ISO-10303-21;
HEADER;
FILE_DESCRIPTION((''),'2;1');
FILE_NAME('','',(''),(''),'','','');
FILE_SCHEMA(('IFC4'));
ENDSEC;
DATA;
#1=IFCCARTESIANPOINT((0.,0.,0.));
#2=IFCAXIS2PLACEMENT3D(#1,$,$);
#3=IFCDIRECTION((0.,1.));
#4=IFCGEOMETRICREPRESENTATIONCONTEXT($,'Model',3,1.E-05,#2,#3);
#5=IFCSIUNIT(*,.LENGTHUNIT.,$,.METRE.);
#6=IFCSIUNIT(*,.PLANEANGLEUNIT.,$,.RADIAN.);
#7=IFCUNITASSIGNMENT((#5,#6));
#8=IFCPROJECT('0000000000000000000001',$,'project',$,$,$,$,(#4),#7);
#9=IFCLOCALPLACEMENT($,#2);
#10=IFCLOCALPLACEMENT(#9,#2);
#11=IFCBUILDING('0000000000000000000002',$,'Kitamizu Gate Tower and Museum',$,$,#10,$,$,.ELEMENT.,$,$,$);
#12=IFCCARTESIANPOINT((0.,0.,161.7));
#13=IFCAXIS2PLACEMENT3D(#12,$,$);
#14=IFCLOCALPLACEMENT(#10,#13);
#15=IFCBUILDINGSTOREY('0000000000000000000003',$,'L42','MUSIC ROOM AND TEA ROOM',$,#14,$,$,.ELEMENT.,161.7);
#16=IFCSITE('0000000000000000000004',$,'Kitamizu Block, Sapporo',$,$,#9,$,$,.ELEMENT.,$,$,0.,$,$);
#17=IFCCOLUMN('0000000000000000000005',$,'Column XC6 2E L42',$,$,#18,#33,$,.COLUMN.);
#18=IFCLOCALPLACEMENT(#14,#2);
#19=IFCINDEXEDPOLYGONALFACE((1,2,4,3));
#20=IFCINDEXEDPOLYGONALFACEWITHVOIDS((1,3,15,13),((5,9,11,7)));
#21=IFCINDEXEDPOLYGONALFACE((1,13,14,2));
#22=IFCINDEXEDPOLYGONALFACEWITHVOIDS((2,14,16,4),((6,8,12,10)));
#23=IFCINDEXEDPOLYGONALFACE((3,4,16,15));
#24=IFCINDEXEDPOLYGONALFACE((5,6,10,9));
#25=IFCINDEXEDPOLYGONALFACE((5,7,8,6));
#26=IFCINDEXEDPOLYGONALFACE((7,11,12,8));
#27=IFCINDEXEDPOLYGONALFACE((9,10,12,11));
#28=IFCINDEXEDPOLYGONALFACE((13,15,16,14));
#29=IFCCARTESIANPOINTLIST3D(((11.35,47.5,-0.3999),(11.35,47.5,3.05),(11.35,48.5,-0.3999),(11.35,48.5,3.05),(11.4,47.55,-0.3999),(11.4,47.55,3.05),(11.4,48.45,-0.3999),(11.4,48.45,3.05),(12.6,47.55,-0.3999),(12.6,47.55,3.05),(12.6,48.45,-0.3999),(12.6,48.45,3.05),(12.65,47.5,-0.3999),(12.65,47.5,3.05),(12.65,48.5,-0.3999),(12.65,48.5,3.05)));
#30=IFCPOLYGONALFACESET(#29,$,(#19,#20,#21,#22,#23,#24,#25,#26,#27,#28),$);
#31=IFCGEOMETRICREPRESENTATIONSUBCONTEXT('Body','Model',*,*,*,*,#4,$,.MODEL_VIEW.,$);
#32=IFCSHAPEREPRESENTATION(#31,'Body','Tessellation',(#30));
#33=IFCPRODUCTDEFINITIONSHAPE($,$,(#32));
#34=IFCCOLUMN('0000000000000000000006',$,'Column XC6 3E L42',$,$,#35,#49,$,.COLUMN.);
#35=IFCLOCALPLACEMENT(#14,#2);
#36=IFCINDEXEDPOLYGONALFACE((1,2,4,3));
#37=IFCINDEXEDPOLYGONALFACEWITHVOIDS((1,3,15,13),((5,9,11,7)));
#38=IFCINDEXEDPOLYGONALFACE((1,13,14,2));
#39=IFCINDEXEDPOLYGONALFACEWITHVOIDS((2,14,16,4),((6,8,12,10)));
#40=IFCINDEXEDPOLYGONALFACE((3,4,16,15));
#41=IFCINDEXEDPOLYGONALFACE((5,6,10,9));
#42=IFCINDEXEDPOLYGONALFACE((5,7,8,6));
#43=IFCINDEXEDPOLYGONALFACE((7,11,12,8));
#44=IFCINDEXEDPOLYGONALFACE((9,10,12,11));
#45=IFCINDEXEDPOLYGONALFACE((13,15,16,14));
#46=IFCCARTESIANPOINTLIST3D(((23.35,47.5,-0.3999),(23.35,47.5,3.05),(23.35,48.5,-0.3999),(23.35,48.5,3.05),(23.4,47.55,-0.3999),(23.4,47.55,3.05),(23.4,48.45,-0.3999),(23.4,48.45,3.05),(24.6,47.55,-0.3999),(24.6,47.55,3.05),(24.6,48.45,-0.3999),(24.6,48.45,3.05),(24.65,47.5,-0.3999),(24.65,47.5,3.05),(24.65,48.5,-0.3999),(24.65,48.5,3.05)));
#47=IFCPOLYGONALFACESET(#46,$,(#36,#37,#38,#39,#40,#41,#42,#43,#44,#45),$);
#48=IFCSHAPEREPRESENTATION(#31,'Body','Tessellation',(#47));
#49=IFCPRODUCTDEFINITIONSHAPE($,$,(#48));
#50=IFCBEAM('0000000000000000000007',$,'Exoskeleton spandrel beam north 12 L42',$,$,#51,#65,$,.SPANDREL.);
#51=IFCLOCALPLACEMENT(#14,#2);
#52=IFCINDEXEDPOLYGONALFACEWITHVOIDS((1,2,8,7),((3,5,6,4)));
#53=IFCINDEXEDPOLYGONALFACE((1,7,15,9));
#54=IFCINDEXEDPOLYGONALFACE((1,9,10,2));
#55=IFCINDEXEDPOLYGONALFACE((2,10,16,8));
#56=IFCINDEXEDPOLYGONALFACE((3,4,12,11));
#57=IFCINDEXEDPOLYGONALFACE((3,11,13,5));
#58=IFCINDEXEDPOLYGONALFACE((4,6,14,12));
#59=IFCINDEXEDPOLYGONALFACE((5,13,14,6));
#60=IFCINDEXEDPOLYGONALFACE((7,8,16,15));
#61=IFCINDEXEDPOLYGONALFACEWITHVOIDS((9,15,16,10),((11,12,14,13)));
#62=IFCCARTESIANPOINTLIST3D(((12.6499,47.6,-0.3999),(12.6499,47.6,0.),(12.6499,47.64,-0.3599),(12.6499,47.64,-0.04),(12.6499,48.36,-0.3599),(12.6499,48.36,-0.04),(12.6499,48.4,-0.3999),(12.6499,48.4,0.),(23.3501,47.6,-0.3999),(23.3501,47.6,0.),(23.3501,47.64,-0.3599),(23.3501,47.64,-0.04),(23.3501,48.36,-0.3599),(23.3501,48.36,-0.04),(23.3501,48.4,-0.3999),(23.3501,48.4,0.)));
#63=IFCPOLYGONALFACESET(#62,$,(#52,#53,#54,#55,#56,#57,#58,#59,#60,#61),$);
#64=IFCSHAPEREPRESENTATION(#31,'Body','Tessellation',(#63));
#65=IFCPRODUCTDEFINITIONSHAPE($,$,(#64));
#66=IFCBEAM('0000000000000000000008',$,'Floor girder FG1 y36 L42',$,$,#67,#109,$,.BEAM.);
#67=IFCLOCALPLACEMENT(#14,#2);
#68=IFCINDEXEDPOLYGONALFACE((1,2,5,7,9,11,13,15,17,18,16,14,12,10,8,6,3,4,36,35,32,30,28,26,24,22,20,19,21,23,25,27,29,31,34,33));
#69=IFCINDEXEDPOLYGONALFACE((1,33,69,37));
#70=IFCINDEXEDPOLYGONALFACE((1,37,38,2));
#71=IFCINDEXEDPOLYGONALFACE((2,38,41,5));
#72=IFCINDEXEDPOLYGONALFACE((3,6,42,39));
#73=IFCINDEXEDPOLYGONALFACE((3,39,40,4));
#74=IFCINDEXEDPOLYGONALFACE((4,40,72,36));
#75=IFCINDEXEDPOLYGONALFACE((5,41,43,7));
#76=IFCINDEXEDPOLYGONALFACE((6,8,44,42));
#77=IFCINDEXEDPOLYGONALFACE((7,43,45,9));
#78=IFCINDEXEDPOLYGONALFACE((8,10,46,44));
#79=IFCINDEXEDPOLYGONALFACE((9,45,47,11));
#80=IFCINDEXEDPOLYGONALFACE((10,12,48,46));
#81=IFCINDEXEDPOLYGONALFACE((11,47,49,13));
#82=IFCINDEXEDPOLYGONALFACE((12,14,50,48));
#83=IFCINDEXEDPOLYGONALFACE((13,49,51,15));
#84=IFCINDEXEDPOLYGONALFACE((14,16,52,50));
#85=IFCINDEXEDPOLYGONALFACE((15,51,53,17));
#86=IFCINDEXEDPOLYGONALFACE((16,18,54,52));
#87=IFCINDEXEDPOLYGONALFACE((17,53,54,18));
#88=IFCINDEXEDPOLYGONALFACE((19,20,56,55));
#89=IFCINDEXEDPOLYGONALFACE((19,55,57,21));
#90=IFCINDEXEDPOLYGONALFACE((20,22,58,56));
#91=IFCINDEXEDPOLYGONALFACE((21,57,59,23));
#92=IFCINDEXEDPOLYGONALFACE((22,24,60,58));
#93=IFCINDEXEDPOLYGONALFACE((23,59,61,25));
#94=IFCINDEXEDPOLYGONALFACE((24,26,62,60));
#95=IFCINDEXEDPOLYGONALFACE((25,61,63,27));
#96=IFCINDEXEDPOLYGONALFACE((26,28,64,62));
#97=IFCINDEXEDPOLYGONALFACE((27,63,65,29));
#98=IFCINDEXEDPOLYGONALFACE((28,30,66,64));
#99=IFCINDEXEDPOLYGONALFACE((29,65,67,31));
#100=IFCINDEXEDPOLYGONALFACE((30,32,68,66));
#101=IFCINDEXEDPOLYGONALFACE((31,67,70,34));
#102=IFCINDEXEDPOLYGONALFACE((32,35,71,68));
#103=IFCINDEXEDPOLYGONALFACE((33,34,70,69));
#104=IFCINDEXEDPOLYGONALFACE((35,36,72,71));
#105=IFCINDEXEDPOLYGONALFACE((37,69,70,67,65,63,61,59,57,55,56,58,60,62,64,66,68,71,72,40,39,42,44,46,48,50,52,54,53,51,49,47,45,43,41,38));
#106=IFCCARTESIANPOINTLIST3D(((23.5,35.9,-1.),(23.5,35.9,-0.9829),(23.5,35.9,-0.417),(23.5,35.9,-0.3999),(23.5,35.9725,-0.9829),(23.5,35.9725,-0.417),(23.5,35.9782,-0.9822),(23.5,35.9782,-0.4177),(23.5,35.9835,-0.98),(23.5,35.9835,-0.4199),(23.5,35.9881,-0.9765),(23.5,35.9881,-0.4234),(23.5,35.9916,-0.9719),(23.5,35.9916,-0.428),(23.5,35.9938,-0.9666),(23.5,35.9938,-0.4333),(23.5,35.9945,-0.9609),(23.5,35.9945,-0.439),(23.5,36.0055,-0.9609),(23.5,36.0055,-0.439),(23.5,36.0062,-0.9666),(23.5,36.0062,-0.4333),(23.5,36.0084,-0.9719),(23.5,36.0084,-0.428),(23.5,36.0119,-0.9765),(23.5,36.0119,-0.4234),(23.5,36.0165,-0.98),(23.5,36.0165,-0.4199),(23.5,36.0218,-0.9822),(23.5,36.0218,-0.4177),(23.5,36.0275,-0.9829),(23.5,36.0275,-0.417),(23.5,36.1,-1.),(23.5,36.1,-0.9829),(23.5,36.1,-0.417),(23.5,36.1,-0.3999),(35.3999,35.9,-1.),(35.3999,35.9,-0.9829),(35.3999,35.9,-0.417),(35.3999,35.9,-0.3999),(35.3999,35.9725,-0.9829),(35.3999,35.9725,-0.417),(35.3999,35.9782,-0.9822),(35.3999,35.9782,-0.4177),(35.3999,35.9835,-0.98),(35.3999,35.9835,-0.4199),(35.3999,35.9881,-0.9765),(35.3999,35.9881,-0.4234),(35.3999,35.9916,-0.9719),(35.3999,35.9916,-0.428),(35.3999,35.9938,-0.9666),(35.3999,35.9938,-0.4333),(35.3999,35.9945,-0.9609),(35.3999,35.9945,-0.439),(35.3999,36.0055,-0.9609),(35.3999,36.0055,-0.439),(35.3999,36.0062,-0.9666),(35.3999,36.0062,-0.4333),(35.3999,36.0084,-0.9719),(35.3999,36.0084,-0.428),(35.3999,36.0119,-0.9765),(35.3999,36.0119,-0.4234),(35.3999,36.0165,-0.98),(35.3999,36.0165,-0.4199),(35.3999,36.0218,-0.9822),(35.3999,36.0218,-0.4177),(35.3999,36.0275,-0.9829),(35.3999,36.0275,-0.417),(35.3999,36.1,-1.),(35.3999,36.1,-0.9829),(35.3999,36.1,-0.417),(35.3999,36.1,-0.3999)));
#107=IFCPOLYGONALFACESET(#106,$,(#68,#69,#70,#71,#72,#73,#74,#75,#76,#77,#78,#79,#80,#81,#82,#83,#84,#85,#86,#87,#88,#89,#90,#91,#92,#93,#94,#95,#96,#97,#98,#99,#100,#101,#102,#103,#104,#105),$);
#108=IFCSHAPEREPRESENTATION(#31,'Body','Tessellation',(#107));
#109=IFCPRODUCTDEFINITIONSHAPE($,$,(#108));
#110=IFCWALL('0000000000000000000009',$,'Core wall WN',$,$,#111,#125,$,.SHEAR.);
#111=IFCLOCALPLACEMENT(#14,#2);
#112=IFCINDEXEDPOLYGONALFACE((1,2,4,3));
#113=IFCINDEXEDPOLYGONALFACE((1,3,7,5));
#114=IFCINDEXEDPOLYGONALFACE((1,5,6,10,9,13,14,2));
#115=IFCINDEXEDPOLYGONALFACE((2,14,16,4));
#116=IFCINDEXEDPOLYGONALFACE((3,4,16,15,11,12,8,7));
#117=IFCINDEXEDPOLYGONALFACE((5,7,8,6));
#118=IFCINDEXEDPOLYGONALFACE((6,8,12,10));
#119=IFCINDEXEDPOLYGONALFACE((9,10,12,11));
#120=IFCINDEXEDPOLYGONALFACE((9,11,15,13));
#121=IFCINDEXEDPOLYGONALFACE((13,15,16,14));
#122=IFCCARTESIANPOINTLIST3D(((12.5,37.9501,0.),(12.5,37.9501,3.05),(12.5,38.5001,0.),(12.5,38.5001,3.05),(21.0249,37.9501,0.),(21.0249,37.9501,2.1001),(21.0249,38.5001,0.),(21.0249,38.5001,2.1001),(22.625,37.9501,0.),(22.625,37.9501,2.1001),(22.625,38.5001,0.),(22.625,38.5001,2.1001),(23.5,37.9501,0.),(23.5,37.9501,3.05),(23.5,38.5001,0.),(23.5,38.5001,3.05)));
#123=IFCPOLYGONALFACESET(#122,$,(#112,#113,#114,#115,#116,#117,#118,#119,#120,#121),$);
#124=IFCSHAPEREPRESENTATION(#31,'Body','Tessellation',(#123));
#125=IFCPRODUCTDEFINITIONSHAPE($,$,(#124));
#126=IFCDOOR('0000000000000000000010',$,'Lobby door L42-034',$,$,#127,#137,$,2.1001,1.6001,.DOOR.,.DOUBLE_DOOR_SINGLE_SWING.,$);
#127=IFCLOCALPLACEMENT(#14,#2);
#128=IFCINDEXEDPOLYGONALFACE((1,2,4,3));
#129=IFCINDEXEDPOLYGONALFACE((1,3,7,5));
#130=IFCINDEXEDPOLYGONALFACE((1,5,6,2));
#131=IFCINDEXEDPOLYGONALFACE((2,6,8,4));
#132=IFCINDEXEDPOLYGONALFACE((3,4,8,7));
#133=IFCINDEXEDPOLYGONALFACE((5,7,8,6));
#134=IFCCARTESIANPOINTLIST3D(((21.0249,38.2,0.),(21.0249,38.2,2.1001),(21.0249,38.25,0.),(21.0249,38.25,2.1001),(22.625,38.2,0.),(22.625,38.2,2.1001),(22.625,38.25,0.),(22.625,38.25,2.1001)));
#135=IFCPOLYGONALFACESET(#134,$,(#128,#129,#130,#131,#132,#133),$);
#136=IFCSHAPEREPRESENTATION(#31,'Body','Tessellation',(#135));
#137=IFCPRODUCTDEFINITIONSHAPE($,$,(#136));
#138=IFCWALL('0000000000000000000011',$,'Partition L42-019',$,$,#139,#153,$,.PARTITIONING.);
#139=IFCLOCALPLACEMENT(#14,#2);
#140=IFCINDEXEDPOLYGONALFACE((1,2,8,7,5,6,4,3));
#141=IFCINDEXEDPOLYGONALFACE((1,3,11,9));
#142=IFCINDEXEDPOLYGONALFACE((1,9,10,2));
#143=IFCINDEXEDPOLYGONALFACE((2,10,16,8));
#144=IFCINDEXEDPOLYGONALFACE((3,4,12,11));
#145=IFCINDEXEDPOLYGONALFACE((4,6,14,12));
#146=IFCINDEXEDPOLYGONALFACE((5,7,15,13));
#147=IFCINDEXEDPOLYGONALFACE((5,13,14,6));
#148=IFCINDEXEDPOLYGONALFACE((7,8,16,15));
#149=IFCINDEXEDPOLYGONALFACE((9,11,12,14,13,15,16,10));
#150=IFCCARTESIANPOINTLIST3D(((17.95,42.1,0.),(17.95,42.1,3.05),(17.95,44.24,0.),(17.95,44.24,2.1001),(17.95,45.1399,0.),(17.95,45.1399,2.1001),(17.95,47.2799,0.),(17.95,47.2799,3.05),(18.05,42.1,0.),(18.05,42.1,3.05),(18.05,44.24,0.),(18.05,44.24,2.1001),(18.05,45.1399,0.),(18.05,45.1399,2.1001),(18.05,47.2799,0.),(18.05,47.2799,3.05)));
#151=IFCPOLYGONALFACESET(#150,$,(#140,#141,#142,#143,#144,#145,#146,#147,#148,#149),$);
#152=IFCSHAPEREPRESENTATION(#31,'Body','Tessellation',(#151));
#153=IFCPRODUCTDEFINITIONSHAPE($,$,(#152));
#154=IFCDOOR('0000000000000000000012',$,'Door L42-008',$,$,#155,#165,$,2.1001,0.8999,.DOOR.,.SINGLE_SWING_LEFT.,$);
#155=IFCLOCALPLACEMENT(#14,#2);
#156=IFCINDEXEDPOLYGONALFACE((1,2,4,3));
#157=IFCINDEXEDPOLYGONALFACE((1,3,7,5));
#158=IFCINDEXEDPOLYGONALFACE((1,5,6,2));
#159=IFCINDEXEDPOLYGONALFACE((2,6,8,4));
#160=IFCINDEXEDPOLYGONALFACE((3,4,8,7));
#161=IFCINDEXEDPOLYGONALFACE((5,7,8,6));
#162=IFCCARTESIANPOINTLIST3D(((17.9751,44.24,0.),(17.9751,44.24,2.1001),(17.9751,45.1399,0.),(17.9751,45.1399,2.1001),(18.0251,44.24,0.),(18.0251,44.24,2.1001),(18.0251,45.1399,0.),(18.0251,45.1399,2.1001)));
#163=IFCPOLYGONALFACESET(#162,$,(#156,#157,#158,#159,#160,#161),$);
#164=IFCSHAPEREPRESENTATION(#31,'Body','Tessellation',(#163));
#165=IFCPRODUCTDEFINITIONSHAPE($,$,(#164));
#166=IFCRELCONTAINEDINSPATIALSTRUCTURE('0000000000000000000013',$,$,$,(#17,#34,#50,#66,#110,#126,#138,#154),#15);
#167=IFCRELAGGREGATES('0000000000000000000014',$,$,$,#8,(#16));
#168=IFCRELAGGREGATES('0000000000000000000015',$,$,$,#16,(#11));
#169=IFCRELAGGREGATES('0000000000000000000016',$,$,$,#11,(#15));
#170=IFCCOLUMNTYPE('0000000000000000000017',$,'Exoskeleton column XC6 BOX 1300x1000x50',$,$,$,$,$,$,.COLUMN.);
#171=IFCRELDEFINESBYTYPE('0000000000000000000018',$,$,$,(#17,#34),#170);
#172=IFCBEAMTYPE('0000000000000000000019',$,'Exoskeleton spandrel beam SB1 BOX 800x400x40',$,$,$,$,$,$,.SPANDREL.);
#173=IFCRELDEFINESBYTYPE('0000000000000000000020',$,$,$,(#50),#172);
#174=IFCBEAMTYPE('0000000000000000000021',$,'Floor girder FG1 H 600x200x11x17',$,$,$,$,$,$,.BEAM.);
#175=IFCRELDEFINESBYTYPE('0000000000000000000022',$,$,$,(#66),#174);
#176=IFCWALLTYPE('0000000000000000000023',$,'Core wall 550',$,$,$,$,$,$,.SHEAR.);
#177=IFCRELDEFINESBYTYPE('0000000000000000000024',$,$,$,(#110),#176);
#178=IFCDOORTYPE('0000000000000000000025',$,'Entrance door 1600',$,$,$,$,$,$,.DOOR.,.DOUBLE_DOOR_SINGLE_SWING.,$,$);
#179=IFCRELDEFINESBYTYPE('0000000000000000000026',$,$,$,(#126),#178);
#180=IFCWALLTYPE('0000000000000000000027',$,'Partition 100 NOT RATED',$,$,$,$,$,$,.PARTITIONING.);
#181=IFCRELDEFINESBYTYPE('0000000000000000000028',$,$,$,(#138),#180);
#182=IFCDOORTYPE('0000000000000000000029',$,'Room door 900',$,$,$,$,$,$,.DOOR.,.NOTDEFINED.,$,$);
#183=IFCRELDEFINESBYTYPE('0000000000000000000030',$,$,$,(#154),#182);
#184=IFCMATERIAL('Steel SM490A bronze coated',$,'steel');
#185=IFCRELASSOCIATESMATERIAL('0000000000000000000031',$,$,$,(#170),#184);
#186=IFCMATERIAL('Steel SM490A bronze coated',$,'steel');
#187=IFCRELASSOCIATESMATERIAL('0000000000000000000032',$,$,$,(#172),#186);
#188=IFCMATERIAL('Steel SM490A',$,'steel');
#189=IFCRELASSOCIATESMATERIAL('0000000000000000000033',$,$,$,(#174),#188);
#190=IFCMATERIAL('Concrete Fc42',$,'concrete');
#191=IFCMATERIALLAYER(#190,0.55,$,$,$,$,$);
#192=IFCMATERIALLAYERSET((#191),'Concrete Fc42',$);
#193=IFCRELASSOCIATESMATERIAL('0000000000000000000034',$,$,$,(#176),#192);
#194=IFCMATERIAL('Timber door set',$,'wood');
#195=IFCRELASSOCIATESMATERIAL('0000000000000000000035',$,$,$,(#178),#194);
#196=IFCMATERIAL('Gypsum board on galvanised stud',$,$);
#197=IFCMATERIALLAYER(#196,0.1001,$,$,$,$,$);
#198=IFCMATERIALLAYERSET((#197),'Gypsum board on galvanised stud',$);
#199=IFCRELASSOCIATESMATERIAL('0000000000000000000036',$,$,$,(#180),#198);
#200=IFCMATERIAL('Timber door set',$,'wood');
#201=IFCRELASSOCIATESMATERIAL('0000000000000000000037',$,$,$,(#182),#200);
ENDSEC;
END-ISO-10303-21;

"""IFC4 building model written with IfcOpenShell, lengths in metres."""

from ifc_helpers import new_model, si_unit, direction, frame, frame_2d, origin, origin_2d, place, context, subcontext, project, spatial, rectangle, hollow_rectangle, i_section, extrude, material, layer, layer_set, material_profile, profile_set, type_object, element, fill, save


model = new_model("IFC4")

# Units and contexts
model_context = context("Model", 3, precision=1e-05, world=origin(), true_north=direction((0.0, 1.0)))
body_context = subcontext(model_context, "Body", "Model", "MODEL_VIEW")
ifc_project = project(units=[si_unit("LENGTHUNIT", "METRE"), si_unit("PLANEANGLEUNIT", "RADIAN")], contexts=[model_context])

# Site, building, storey
site_placement = place(None, origin())
site = spatial("IfcSite", under=ifc_project, at=site_placement, Name="Kitamizu Block, Sapporo", CompositionType="ELEMENT", RefElevation=0.0)
building_placement = place(site_placement, origin())
building = spatial("IfcBuilding", under=site, at=building_placement, Name="Kitamizu Gate Tower and Museum", CompositionType="ELEMENT")
storey_placement = place(building_placement, frame((0.0, 0.0, 161.7)))
storey = spatial("IfcBuildingStorey", under=building, at=storey_placement, Name="L42", Description="MUSIC ROOM AND TEA ROOM", CompositionType="ELEMENT", Elevation=161.7)

# Columns
ifc_material_1 = material(Name="Steel SM490A bronze coated", Category="steel")
ifc_material_profile_1 = material_profile(ifc_material_1, hollow_rectangle(XDim=1.3, YDim=1.0, WallThickness=0.05, at=origin_2d()), Name="BOX 1300x1000x50")
ifc_profile_set_1 = profile_set([ifc_material_profile_1], Name="Steel SM490A bronze coated")
column_type = type_object("IfcColumnType", Name="Exoskeleton column XC6 BOX 1300x1000x50", PredefinedType="COLUMN", material=ifc_profile_set_1)
for number, where, z_axis, x_axis, name in (
    (1, (12.0, 48.0, -0.3999), (0.0, 0.0, 1.0), (1.0, 0.0, 0.0), "Column XC6 2E L42"),
    (2, (24.0, 48.0, -0.3999), (0.0, 0.0, 1.0), (1.0, 0.0, 0.0), "Column XC6 3E L42"),
):
    element("IfcColumn", number, at=place(storey_placement, frame(where, z_axis=z_axis, x_axis=x_axis)), inside=storey, type_object=column_type, Name=name, PredefinedType="COLUMN", context=body_context, shape_type="SweptSolid", body=[
        extrude(hollow_rectangle(XDim=1.3, YDim=1.0, WallThickness=0.05, at=origin_2d()), origin(), (0.0, 0.0, 1.0), 3.45),
    ])

# Beams
ifc_material_2 = material(Name="Steel SM490A bronze coated", Category="steel")
ifc_material_profile_2 = material_profile(ifc_material_2, hollow_rectangle(XDim=0.8, YDim=0.3999, WallThickness=0.04, at=origin_2d()), Name="BOX 800x400x40")
ifc_profile_set_2 = profile_set([ifc_material_profile_2], Name="Steel SM490A bronze coated")
beam_type_1 = type_object("IfcBeamType", Name="Exoskeleton spandrel beam SB1 BOX 800x400x40", PredefinedType="SPANDREL", material=ifc_profile_set_2)
beam_1_placement = place(storey_placement, frame((12.6499, 48.0, -0.2), z_axis=(1.0, 0.0, 0.0), x_axis=(0.0, 1.0, 0.0)))
element("IfcBeam", 3, at=beam_1_placement, inside=storey, type_object=beam_type_1, Name="Exoskeleton spandrel beam north 12 L42", PredefinedType="SPANDREL", context=body_context, shape_type="SweptSolid", body=[
    extrude(hollow_rectangle(XDim=0.8, YDim=0.3999, WallThickness=0.04, at=origin_2d()), origin(), (0.0, 0.0, 1.0), 10.7002),
])
ifc_material_3 = material(Name="Steel SM490A", Category="steel")
ifc_material_profile_3 = material_profile(ifc_material_3, i_section(OverallWidth=0.2, OverallDepth=0.6001, WebThickness=0.011, FlangeThickness=0.0171, FilletRadius=0.022, at=origin_2d()), Name="H-600x200x11x17")
ifc_profile_set_3 = profile_set([ifc_material_profile_3], Name="Steel SM490A")
beam_type_2 = type_object("IfcBeamType", Name="Floor girder FG1 H 600x200x11x17", PredefinedType="BEAM", material=ifc_profile_set_3)
beam_2_placement = place(storey_placement, frame((23.5, 36.0, -0.7), z_axis=(1.0, 0.0, 0.0), x_axis=(0.0, 1.0, 0.0)))
element("IfcBeam", 4, at=beam_2_placement, inside=storey, type_object=beam_type_2, Name="Floor girder FG1 y36 L42", PredefinedType="BEAM", context=body_context, shape_type="SweptSolid", body=[
    extrude(i_section(OverallWidth=0.2, OverallDepth=0.6001, WebThickness=0.011, FlangeThickness=0.0171, FilletRadius=0.022, at=origin_2d()), origin(), (0.0, 0.0, 1.0), 11.8999),
])

# Walls, openings, doors
ifc_material_4 = material(Name="Concrete Fc42", Category="concrete")
ifc_layer_1 = layer(ifc_material_4, 0.55)
ifc_layer_set_1 = layer_set([ifc_layer_1], Name="Concrete Fc42")
wall_type_1 = type_object("IfcWallType", Name="Core wall 550", PredefinedType="SHEAR", material=ifc_layer_set_1)
wall_1_placement = place(storey_placement, frame((12.5, 38.2251, 0.0), z_axis=(0.0, 0.0, 1.0), x_axis=(1.0, 0.0, 0.0)))
wall_1 = element("IfcWall", 5, at=wall_1_placement, inside=storey, type_object=wall_type_1, Name="Core wall WN", PredefinedType="SHEAR", context=body_context, shape_type="SweptSolid", body=[
    extrude(rectangle(XDim=11.0, YDim=0.55, at=frame_2d((5.5, 0.0))), origin(), (0.0, 0.0, 1.0), 3.05),
])
opening_1_placement = place(wall_1_placement, frame((8.5249, 0.0, 0.0)))
opening_1 = element("IfcOpeningElement", 6, at=opening_1_placement, cuts=wall_1, PredefinedType="OPENING", context=body_context, shape_type="SweptSolid", body=[
    extrude(rectangle(XDim=1.6001, YDim=2.1001, at=frame_2d((0.8, 1.05))), frame((0.0, 0.2852, 0.0), z_axis=(0.0, -1.0, 0.0), x_axis=(1.0, 0.0, 0.0)), (0.0, 0.0, 1.0), 0.5701),
])
ifc_material_5 = material(Name="Timber door set", Category="wood")
door_type_1 = type_object("IfcDoorType", Name="Entrance door 1600", OperationType="DOUBLE_DOOR_SINGLE_SWING", PredefinedType="DOOR", material=ifc_material_5)
door_1_placement = place(opening_1_placement, origin())
door_1 = element("IfcDoor", 7, at=door_1_placement, inside=storey, type_object=door_type_1, Name="Lobby door L42-034", OperationType="DOUBLE_DOOR_SINGLE_SWING", OverallHeight=2.1001, OverallWidth=1.6001, PredefinedType="DOOR", context=body_context, shape_type="SweptSolid", body=[
    extrude(rectangle(XDim=1.6001, YDim=2.1001, at=frame_2d((0.8, 1.05))), frame((0.0, 0.0249, 0.0), z_axis=(0.0, -1.0, 0.0), x_axis=(1.0, 0.0, 0.0)), (0.0, 0.0, 1.0), 0.05),
])
fill(opening_1, door_1)
ifc_material_6 = material(Name="Gypsum board on galvanised stud")
ifc_layer_2 = layer(ifc_material_6, 0.1001)
ifc_layer_set_2 = layer_set([ifc_layer_2], Name="Gypsum board on galvanised stud")
wall_type_2 = type_object("IfcWallType", Name="Partition 100 NOT RATED", PredefinedType="PARTITIONING", material=ifc_layer_set_2)
wall_2_placement = place(storey_placement, frame((18.0, 42.1001, 0.0), z_axis=(0.0, 0.0, 1.0), x_axis=(0.0, 1.0, 0.0)))
wall_2 = element("IfcWall", 8, at=wall_2_placement, inside=storey, type_object=wall_type_2, Name="Partition L42-019", PredefinedType="PARTITIONING", context=body_context, shape_type="SweptSolid", body=[
    extrude(rectangle(XDim=5.1799, YDim=0.1001, at=frame_2d((2.5898, 0.0))), origin(), (0.0, 0.0, 1.0), 3.05),
])
opening_2_placement = place(wall_2_placement, frame((2.1399, 0.0, 0.0)))
opening_2 = element("IfcOpeningElement", 9, at=opening_2_placement, cuts=wall_2, PredefinedType="OPENING", context=body_context, shape_type="SweptSolid", body=[
    extrude(rectangle(XDim=0.8999, YDim=2.1001, at=frame_2d((0.45, 1.05))), frame((0.0, 0.0601, 0.0), z_axis=(0.0, -1.0, 0.0), x_axis=(1.0, 0.0, 0.0)), (0.0, 0.0, 1.0), 0.1201),
])
ifc_material_7 = material(Name="Timber door set", Category="wood")
door_type_2 = type_object("IfcDoorType", Name="Room door 900", OperationType="NOTDEFINED", PredefinedType="DOOR", material=ifc_material_7)
door_2_placement = place(opening_2_placement, origin())
door_2 = element("IfcDoor", 10, at=door_2_placement, inside=storey, type_object=door_type_2, Name="Door L42-008", OperationType="SINGLE_SWING_LEFT", OverallHeight=2.1001, OverallWidth=0.8999, PredefinedType="DOOR", context=body_context, shape_type="SweptSolid", body=[
    extrude(rectangle(XDim=0.8999, YDim=2.1001, at=frame_2d((0.45, 1.05))), frame((0.0, 0.0249, 0.0), z_axis=(0.0, -1.0, 0.0), x_axis=(1.0, 0.0, 0.0)), (0.0, 0.0, 1.0), 0.05),
])
fill(opening_2, door_2)

save(model, "model.ifc")
